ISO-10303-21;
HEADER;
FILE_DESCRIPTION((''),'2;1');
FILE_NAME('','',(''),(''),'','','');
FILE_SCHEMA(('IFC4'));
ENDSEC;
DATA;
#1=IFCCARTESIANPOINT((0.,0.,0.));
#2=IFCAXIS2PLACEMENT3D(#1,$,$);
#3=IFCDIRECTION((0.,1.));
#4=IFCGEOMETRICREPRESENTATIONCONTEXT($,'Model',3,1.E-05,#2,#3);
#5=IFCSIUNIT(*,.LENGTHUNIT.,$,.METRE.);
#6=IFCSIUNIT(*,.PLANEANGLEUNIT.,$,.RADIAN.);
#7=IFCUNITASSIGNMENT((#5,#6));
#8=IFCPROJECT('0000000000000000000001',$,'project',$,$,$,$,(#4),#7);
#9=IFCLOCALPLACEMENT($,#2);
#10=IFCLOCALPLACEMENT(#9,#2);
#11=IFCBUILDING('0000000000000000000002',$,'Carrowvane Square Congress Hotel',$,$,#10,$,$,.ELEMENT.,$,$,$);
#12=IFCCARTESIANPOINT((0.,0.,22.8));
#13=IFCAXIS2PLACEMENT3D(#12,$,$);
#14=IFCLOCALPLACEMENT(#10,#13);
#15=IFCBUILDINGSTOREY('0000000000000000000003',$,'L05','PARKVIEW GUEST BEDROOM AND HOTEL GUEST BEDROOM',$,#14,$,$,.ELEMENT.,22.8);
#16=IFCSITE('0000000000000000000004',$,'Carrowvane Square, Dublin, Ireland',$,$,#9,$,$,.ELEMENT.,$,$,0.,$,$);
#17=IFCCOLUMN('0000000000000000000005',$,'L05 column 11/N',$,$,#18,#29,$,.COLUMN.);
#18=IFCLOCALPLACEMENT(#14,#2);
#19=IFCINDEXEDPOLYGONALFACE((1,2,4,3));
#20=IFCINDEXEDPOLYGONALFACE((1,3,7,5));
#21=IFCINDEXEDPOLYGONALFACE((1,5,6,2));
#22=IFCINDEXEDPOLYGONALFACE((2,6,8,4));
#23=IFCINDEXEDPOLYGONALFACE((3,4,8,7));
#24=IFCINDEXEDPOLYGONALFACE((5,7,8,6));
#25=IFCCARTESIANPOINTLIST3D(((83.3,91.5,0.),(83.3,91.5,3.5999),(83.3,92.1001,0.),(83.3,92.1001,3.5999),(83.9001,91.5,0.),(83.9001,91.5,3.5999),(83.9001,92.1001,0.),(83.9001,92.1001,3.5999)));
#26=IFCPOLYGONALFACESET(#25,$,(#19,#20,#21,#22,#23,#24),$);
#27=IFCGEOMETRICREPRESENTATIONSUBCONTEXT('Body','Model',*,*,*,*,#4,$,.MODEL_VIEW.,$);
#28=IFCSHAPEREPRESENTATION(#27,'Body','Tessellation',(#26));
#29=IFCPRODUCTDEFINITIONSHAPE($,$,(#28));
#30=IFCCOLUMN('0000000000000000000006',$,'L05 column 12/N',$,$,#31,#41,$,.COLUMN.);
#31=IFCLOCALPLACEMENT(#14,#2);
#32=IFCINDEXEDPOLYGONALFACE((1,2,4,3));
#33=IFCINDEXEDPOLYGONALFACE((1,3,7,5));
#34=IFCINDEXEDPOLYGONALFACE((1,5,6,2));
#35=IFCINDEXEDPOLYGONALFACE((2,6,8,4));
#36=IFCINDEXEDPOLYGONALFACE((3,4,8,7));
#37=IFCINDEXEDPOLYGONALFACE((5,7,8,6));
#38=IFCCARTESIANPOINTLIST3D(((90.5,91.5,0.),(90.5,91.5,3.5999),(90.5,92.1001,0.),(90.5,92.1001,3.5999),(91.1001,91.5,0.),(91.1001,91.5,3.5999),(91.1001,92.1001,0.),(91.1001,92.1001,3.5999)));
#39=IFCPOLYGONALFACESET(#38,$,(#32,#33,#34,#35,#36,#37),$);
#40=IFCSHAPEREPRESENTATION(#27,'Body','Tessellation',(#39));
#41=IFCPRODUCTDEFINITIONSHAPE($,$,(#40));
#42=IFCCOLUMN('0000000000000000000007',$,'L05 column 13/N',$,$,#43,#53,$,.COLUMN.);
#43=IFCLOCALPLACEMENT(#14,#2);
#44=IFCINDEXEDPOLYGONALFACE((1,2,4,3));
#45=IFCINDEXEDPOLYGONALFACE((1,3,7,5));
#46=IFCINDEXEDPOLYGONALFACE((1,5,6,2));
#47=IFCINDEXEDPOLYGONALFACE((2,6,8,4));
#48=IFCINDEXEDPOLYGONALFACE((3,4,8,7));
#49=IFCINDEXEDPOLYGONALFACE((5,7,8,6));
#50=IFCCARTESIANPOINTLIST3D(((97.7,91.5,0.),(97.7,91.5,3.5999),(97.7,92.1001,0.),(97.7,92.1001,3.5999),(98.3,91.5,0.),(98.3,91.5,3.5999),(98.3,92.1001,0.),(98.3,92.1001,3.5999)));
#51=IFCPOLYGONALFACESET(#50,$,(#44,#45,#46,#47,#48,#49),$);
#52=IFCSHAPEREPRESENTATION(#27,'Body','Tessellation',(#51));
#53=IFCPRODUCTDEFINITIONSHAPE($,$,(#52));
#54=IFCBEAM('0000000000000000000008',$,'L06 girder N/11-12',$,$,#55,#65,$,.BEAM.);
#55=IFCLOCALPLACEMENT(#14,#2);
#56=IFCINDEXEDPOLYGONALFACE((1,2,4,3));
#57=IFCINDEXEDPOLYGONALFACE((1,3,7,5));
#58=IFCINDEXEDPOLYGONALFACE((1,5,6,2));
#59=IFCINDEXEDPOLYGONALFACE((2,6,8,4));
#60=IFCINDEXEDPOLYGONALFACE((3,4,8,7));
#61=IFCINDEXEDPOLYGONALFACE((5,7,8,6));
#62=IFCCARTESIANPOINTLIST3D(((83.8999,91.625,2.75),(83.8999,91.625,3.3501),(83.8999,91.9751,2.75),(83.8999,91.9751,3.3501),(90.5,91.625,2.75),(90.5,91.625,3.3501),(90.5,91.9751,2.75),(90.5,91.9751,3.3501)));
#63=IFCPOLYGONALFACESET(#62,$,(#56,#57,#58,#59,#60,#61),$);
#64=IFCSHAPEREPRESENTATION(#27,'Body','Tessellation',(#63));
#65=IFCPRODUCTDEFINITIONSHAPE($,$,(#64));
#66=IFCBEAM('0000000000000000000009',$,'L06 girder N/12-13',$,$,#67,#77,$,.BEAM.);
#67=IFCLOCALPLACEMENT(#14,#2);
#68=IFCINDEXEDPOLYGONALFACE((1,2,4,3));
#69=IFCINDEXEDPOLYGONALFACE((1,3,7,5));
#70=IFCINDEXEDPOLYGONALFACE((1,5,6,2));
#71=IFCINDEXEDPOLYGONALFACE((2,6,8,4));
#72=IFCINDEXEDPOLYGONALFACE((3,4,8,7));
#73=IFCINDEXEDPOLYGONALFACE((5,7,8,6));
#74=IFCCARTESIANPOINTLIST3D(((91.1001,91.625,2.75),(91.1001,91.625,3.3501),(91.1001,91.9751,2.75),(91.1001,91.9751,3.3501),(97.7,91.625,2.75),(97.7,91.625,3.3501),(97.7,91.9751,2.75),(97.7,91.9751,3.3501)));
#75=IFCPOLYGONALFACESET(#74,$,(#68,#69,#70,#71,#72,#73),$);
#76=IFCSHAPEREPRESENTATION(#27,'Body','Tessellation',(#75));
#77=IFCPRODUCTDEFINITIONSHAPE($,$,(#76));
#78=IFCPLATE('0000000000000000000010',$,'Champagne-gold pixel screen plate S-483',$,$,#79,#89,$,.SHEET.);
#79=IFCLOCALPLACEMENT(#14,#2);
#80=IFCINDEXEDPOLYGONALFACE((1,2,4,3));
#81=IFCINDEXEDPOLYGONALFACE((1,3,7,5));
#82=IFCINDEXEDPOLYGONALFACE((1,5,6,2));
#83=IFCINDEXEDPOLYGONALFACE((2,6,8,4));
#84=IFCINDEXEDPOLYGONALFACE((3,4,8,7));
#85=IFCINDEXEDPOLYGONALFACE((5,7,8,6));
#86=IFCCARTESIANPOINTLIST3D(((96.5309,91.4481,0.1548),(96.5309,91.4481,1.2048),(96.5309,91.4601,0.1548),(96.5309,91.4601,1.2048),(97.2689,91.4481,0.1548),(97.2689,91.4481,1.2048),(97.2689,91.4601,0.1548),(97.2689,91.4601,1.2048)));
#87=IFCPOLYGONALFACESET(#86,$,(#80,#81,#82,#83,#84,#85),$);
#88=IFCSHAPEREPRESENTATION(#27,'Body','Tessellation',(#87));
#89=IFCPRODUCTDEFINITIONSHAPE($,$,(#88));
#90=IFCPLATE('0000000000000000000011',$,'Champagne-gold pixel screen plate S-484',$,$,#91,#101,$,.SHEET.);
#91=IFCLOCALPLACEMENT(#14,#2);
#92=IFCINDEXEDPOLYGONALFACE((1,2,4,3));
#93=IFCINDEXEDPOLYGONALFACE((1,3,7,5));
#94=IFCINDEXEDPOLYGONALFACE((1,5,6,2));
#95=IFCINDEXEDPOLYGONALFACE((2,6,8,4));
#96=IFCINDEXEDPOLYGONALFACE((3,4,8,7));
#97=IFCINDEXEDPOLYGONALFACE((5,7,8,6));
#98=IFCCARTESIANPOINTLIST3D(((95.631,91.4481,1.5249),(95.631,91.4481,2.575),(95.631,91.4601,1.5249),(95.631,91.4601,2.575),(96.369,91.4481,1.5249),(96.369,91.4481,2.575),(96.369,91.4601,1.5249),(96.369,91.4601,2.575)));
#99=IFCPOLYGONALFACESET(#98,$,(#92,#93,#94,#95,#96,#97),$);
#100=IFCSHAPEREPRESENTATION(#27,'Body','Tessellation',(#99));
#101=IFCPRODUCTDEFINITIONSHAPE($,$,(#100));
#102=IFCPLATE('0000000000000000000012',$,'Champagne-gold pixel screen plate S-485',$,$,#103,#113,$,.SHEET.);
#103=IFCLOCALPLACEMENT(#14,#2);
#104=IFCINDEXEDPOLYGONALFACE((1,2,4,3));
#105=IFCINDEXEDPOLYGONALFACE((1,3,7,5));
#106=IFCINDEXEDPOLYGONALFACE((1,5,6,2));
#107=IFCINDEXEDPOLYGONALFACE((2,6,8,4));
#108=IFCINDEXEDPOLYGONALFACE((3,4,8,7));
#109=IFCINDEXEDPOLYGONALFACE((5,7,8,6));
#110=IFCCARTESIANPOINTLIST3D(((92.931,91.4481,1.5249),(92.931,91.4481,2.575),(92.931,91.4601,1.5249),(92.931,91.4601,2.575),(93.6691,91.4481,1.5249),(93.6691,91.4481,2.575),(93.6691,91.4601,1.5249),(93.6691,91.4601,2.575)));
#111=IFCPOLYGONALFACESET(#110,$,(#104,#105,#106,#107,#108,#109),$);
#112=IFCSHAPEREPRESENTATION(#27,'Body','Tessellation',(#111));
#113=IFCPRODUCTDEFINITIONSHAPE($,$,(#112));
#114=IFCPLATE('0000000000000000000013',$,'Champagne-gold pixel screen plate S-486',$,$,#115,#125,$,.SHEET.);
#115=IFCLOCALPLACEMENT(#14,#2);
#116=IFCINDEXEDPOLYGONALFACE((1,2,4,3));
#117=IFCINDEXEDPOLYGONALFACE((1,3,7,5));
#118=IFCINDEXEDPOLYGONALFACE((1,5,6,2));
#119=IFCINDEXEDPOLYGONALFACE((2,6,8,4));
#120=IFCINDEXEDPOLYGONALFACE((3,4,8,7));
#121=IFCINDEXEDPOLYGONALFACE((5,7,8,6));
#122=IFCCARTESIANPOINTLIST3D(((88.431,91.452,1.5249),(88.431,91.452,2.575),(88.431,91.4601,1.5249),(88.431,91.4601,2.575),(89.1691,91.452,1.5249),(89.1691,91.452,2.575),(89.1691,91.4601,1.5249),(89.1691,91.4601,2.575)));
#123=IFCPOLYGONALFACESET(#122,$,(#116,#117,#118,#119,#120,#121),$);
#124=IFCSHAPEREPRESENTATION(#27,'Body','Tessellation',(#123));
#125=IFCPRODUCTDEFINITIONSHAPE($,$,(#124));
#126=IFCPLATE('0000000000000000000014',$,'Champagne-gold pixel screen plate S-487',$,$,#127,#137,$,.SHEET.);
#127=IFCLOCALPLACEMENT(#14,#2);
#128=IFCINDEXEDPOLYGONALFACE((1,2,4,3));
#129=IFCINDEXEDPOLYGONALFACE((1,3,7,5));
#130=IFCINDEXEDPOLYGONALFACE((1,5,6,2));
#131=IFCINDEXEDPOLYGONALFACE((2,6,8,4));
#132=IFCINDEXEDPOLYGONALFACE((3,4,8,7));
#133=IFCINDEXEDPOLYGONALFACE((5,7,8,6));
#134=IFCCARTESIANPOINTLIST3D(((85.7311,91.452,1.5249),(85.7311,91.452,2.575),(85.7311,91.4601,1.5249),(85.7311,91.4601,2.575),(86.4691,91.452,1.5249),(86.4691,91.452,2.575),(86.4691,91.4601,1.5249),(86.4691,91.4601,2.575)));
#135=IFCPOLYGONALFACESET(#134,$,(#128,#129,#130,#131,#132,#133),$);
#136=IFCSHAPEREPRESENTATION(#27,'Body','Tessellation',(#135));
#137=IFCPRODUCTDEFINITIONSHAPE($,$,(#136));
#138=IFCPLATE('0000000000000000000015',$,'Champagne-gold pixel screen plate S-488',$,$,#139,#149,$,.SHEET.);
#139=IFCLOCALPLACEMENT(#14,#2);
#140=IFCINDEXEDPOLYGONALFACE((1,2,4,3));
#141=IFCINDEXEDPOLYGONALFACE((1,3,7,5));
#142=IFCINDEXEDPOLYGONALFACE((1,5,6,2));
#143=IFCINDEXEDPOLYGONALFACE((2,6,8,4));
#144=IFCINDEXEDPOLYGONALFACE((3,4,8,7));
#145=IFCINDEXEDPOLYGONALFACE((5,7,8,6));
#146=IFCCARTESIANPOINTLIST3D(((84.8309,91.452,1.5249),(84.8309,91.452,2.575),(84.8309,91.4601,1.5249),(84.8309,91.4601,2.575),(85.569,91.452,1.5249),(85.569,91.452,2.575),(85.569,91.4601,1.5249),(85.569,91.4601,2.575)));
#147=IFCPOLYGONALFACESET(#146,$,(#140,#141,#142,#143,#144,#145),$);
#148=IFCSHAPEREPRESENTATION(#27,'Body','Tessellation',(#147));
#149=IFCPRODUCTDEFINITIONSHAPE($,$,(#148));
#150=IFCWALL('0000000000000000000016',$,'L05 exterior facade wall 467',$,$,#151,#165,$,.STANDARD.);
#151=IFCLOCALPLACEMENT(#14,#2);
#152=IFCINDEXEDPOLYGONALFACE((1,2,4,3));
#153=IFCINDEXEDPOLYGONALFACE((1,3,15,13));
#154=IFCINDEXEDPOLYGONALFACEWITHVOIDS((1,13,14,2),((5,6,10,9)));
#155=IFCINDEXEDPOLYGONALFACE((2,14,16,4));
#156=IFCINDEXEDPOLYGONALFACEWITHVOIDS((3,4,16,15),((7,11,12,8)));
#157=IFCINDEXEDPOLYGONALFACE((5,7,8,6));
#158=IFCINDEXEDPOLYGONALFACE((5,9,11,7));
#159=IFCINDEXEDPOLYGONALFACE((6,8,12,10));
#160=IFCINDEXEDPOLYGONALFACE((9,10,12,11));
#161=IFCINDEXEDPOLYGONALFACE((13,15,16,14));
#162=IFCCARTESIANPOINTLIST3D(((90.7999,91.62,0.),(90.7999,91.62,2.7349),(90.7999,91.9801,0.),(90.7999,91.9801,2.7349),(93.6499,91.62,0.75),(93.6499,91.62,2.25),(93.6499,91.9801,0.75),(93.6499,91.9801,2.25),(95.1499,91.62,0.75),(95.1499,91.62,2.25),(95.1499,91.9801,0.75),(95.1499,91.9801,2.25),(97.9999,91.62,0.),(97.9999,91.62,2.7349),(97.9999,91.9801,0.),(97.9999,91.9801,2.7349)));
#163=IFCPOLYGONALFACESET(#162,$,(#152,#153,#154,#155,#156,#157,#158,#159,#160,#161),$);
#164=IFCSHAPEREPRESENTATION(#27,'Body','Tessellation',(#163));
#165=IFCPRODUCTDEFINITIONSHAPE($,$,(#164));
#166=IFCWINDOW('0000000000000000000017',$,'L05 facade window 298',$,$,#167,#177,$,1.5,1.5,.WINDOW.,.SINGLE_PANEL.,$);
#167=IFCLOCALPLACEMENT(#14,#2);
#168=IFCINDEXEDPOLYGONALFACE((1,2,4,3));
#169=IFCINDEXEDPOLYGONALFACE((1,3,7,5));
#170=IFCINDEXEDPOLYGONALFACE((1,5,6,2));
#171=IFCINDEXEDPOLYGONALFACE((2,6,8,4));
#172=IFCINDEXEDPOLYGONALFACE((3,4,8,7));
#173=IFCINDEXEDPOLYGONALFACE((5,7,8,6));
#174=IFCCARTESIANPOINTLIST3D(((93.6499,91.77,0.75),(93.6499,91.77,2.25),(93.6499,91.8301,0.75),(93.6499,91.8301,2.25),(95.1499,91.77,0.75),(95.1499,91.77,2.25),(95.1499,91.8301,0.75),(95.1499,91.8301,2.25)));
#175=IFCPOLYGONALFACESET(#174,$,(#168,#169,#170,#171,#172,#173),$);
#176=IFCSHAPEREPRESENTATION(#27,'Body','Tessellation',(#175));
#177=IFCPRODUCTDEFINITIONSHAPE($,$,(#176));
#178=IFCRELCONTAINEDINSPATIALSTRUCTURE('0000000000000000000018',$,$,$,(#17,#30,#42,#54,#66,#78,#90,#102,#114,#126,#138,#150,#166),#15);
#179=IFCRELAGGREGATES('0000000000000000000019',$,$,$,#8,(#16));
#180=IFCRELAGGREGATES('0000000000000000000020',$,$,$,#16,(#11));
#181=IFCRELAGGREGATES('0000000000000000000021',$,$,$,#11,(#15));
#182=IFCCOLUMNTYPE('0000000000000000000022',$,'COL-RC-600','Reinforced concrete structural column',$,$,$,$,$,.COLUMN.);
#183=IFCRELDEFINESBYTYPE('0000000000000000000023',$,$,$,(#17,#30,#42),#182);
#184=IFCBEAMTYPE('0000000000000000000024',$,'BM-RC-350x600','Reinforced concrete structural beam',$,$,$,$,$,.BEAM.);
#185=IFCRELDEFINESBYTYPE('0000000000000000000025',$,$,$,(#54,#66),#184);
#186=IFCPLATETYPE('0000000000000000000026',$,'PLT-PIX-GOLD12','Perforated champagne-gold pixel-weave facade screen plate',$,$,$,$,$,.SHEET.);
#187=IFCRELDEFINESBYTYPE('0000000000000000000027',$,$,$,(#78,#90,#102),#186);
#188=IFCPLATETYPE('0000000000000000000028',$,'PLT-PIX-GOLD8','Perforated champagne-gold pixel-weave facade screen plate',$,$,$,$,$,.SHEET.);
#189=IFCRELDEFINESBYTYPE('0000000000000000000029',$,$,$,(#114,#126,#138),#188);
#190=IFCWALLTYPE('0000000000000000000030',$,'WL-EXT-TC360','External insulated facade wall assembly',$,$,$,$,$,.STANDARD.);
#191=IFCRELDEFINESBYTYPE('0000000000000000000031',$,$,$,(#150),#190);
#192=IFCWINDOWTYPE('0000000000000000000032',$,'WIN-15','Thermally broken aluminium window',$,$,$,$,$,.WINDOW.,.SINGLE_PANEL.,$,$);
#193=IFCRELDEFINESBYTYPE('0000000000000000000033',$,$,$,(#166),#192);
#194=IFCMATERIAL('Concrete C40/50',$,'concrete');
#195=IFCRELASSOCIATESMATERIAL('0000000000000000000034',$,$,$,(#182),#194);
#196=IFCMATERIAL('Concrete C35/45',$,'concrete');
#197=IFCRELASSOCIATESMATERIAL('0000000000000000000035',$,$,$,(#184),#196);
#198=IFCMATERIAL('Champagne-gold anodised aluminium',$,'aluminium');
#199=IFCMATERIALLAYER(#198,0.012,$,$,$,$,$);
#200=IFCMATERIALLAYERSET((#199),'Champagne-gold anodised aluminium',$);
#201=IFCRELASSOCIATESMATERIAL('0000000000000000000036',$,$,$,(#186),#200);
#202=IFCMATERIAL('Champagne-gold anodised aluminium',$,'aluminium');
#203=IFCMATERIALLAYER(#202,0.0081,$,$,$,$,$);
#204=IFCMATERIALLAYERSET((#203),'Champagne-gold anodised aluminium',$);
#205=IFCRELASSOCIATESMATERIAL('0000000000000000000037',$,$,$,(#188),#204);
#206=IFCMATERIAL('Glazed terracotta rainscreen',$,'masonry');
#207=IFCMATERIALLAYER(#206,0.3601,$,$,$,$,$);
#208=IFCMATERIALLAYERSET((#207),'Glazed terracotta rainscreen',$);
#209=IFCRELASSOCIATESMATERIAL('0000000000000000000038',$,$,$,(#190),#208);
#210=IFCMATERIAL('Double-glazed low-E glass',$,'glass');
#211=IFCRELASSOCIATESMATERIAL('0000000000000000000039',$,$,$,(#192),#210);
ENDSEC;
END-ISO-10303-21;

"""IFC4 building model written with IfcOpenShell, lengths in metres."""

from ifc_helpers import new_model, si_unit, direction, frame, frame_2d, origin, origin_2d, place, context, subcontext, project, spatial, rectangle, extrude, material, layer, layer_set, material_profile, profile_set, type_object, element, fill, save


model = new_model("IFC4")

# Units and contexts
model_context = context("Model", 3, precision=1e-05, world=origin(), true_north=direction((0.0, 1.0)))
body_context = subcontext(model_context, "Body", "Model", "MODEL_VIEW")
ifc_project = project(units=[si_unit("LENGTHUNIT", "METRE"), si_unit("PLANEANGLEUNIT", "RADIAN")], contexts=[model_context])

# Site, building, storey
site_placement = place(None, origin())
site = spatial("IfcSite", under=ifc_project, at=site_placement, Name="Carrowvane Square, Dublin, Ireland", CompositionType="ELEMENT", RefElevation=0.0)
building_placement = place(site_placement, origin())
building = spatial("IfcBuilding", under=site, at=building_placement, Name="Carrowvane Square Congress Hotel", CompositionType="ELEMENT")
storey_placement = place(building_placement, frame((0.0, 0.0, 22.8)))
storey = spatial("IfcBuildingStorey", under=building, at=storey_placement, Name="L05", Description="PARKVIEW GUEST BEDROOM AND HOTEL GUEST BEDROOM", CompositionType="ELEMENT", Elevation=22.8)

# Columns
ifc_material_1 = material(Name="Concrete C40/50", Category="concrete")
ifc_material_profile_1 = material_profile(ifc_material_1, rectangle(XDim=0.6001, YDim=0.6001, at=origin_2d()), Name="RC 600x600")
ifc_profile_set_1 = profile_set([ifc_material_profile_1], Name="Concrete C40/50")
column_type = type_object("IfcColumnType", Name="COL-RC-600", Description="Reinforced concrete structural column", PredefinedType="COLUMN", material=ifc_profile_set_1)
for number, where, z_axis, x_axis, name in (
    (1, (83.6001, 91.8, 0.0), (0.0, 0.0, 1.0), (1.0, 0.0, 0.0), "L05 column 11/N"),
    (2, (90.8, 91.8, 0.0), (0.0, 0.0, 1.0), (1.0, 0.0, 0.0), "L05 column 12/N"),
    (3, (98.0, 91.8, 0.0), (0.0, 0.0, 1.0), (1.0, 0.0, 0.0), "L05 column 13/N"),
):
    element("IfcColumn", number, at=place(storey_placement, frame(where, z_axis=z_axis, x_axis=x_axis)), inside=storey, type_object=column_type, Name=name, PredefinedType="COLUMN", context=body_context, shape_type="SweptSolid", body=[
        extrude(rectangle(XDim=0.6001, YDim=0.6001, at=origin_2d()), origin(), (0.0, 0.0, 1.0), 3.5999),
    ])

# Beams
ifc_material_2 = material(Name="Concrete C35/45", Category="concrete")
ifc_material_profile_2 = material_profile(ifc_material_2, rectangle(XDim=0.3501, YDim=0.6001, at=origin_2d()), Name="RC 350x600")
ifc_profile_set_2 = profile_set([ifc_material_profile_2], Name="Concrete C35/45")
beam_type = type_object("IfcBeamType", Name="BM-RC-350x600", Description="Reinforced concrete structural beam", PredefinedType="BEAM", material=ifc_profile_set_2)
beam_1_placement = place(storey_placement, frame((83.8999, 91.8, 3.05), z_axis=(1.0, 0.0, 0.0), x_axis=(0.0, 1.0, 0.0)))
element("IfcBeam", 4, at=beam_1_placement, inside=storey, type_object=beam_type, Name="L06 girder N/11-12", PredefinedType="BEAM", context=body_context, shape_type="SweptSolid", body=[
    extrude(rectangle(XDim=0.3501, YDim=0.6001, at=origin_2d()), origin(), (0.0, 0.0, 1.0), 6.6001),
])
beam_2_placement = place(storey_placement, frame((91.1001, 91.8, 3.05), z_axis=(1.0, 0.0, 0.0), x_axis=(0.0, 1.0, 0.0)))
element("IfcBeam", 5, at=beam_2_placement, inside=storey, type_object=beam_type, Name="L06 girder N/12-13", PredefinedType="BEAM", context=body_context, shape_type="SweptSolid", body=[
    extrude(rectangle(XDim=0.3501, YDim=0.6001, at=origin_2d()), origin(), (0.0, 0.0, 1.0), 6.5999),
])

# Plates
ifc_material_3 = material(Name="Champagne-gold anodised aluminium", Category="aluminium")
ifc_layer_1 = layer(ifc_material_3, 0.012)
ifc_layer_set_1 = layer_set([ifc_layer_1], Name="Champagne-gold anodised aluminium")
plate_type_1 = type_object("IfcPlateType", Name="PLT-PIX-GOLD12", Description="Perforated champagne-gold pixel-weave facade screen plate", PredefinedType="SHEET", material=ifc_layer_set_1)
for number, where, z_axis, x_axis, name in (
    (6, (96.8999, 91.4541, 0.1548), (0.0, 0.0, 1.0), (-1.0, 0.0, 0.0), "Champagne-gold pixel screen plate S-483"),
    (7, (96.0, 91.4541, 1.5249), (0.0, 0.0, 1.0), (-1.0, 0.0, 0.0), "Champagne-gold pixel screen plate S-484"),
    (8, (93.3, 91.4541, 1.5249), (0.0, 0.0, 1.0), (-1.0, 0.0, 0.0), "Champagne-gold pixel screen plate S-485"),
):
    element("IfcPlate", number, at=place(storey_placement, frame(where, z_axis=z_axis, x_axis=x_axis)), inside=storey, type_object=plate_type_1, Name=name, PredefinedType="SHEET", context=body_context, shape_type="SweptSolid", body=[
        extrude(rectangle(XDim=0.738, YDim=0.012, at=origin_2d()), origin(), (0.0, 0.0, 1.0), 1.05),
    ])
ifc_material_4 = material(Name="Champagne-gold anodised aluminium", Category="aluminium")
ifc_layer_2 = layer(ifc_material_4, 0.0081)
ifc_layer_set_2 = layer_set([ifc_layer_2], Name="Champagne-gold anodised aluminium")
plate_type_2 = type_object("IfcPlateType", Name="PLT-PIX-GOLD8", Description="Perforated champagne-gold pixel-weave facade screen plate", PredefinedType="SHEET", material=ifc_layer_set_2)
for number, where, z_axis, x_axis, name in (
    (9, (88.8, 91.4561, 1.5249), (0.0, 0.0, 1.0), (-1.0, 0.0, 0.0), "Champagne-gold pixel screen plate S-486"),
    (10, (86.1001, 91.4561, 1.5249), (0.0, 0.0, 1.0), (-1.0, 0.0, 0.0), "Champagne-gold pixel screen plate S-487"),
    (11, (85.2, 91.4561, 1.5249), (0.0, 0.0, 1.0), (-1.0, 0.0, 0.0), "Champagne-gold pixel screen plate S-488"),
):
    element("IfcPlate", number, at=place(storey_placement, frame(where, z_axis=z_axis, x_axis=x_axis)), inside=storey, type_object=plate_type_2, Name=name, PredefinedType="SHEET", context=body_context, shape_type="SweptSolid", body=[
        extrude(rectangle(XDim=0.738, YDim=0.0081, at=origin_2d()), origin(), (0.0, 0.0, 1.0), 1.05),
    ])

# Wall, opening, window
ifc_material_5 = material(Name="Glazed terracotta rainscreen", Category="masonry")
ifc_layer_3 = layer(ifc_material_5, 0.3601)
ifc_layer_set_3 = layer_set([ifc_layer_3], Name="Glazed terracotta rainscreen")
wall_type = type_object("IfcWallType", Name="WL-EXT-TC360", Description="External insulated facade wall assembly", PredefinedType="STANDARD", material=ifc_layer_set_3)
wall_1_placement = place(storey_placement, frame((98.0, 91.8, 0.0), z_axis=(0.0, 0.0, 1.0), x_axis=(-1.0, 0.0, 0.0)))
wall_1 = element("IfcWall", 12, at=wall_1_placement, inside=storey, type_object=wall_type, Name="L05 exterior facade wall 467", PredefinedType="STANDARD", context=body_context, shape_type="SweptSolid", body=[
    extrude(rectangle(XDim=7.2, YDim=0.3601, at=frame_2d((3.6001, 0.0))), origin(), (0.0, 0.0, 1.0), 2.7349),
])
opening_1_placement = place(wall_1_placement, frame((2.8501, 0.0, 0.75)))
opening_1 = element("IfcOpeningElement", 13, at=opening_1_placement, cuts=wall_1, PredefinedType="OPENING", context=body_context, shape_type="SweptSolid", body=[
    extrude(rectangle(XDim=1.5, YDim=1.5, at=frame_2d((0.75, 0.75))), frame((0.0, 0.1899, 0.0), z_axis=(0.0, -1.0, 0.0), x_axis=(1.0, 0.0, 0.0)), (0.0, 0.0, 1.0), 0.3801),
])
ifc_material_6 = material(Name="Double-glazed low-E glass", Category="glass")
window_type_1 = type_object("IfcWindowType", Name="WIN-15", Description="Thermally broken aluminium window", PartitioningType="SINGLE_PANEL", PredefinedType="WINDOW", material=ifc_material_6)
window_1_placement = place(opening_1_placement, origin())
window_1 = element("IfcWindow", 14, at=window_1_placement, inside=storey, type_object=window_type_1, Name="L05 facade window 298", OverallHeight=1.5, OverallWidth=1.5, PartitioningType="SINGLE_PANEL", PredefinedType="WINDOW", context=body_context, shape_type="SweptSolid", body=[
    extrude(rectangle(XDim=1.5, YDim=1.5, at=frame_2d((0.75, 0.75))), frame((0.0, 0.03, 0.0), z_axis=(0.0, -1.0, 0.0), x_axis=(1.0, 0.0, 0.0)), (0.0, 0.0, 1.0), 0.0601),
])
fill(opening_1, window_1)

save(model, "model.ifc")
